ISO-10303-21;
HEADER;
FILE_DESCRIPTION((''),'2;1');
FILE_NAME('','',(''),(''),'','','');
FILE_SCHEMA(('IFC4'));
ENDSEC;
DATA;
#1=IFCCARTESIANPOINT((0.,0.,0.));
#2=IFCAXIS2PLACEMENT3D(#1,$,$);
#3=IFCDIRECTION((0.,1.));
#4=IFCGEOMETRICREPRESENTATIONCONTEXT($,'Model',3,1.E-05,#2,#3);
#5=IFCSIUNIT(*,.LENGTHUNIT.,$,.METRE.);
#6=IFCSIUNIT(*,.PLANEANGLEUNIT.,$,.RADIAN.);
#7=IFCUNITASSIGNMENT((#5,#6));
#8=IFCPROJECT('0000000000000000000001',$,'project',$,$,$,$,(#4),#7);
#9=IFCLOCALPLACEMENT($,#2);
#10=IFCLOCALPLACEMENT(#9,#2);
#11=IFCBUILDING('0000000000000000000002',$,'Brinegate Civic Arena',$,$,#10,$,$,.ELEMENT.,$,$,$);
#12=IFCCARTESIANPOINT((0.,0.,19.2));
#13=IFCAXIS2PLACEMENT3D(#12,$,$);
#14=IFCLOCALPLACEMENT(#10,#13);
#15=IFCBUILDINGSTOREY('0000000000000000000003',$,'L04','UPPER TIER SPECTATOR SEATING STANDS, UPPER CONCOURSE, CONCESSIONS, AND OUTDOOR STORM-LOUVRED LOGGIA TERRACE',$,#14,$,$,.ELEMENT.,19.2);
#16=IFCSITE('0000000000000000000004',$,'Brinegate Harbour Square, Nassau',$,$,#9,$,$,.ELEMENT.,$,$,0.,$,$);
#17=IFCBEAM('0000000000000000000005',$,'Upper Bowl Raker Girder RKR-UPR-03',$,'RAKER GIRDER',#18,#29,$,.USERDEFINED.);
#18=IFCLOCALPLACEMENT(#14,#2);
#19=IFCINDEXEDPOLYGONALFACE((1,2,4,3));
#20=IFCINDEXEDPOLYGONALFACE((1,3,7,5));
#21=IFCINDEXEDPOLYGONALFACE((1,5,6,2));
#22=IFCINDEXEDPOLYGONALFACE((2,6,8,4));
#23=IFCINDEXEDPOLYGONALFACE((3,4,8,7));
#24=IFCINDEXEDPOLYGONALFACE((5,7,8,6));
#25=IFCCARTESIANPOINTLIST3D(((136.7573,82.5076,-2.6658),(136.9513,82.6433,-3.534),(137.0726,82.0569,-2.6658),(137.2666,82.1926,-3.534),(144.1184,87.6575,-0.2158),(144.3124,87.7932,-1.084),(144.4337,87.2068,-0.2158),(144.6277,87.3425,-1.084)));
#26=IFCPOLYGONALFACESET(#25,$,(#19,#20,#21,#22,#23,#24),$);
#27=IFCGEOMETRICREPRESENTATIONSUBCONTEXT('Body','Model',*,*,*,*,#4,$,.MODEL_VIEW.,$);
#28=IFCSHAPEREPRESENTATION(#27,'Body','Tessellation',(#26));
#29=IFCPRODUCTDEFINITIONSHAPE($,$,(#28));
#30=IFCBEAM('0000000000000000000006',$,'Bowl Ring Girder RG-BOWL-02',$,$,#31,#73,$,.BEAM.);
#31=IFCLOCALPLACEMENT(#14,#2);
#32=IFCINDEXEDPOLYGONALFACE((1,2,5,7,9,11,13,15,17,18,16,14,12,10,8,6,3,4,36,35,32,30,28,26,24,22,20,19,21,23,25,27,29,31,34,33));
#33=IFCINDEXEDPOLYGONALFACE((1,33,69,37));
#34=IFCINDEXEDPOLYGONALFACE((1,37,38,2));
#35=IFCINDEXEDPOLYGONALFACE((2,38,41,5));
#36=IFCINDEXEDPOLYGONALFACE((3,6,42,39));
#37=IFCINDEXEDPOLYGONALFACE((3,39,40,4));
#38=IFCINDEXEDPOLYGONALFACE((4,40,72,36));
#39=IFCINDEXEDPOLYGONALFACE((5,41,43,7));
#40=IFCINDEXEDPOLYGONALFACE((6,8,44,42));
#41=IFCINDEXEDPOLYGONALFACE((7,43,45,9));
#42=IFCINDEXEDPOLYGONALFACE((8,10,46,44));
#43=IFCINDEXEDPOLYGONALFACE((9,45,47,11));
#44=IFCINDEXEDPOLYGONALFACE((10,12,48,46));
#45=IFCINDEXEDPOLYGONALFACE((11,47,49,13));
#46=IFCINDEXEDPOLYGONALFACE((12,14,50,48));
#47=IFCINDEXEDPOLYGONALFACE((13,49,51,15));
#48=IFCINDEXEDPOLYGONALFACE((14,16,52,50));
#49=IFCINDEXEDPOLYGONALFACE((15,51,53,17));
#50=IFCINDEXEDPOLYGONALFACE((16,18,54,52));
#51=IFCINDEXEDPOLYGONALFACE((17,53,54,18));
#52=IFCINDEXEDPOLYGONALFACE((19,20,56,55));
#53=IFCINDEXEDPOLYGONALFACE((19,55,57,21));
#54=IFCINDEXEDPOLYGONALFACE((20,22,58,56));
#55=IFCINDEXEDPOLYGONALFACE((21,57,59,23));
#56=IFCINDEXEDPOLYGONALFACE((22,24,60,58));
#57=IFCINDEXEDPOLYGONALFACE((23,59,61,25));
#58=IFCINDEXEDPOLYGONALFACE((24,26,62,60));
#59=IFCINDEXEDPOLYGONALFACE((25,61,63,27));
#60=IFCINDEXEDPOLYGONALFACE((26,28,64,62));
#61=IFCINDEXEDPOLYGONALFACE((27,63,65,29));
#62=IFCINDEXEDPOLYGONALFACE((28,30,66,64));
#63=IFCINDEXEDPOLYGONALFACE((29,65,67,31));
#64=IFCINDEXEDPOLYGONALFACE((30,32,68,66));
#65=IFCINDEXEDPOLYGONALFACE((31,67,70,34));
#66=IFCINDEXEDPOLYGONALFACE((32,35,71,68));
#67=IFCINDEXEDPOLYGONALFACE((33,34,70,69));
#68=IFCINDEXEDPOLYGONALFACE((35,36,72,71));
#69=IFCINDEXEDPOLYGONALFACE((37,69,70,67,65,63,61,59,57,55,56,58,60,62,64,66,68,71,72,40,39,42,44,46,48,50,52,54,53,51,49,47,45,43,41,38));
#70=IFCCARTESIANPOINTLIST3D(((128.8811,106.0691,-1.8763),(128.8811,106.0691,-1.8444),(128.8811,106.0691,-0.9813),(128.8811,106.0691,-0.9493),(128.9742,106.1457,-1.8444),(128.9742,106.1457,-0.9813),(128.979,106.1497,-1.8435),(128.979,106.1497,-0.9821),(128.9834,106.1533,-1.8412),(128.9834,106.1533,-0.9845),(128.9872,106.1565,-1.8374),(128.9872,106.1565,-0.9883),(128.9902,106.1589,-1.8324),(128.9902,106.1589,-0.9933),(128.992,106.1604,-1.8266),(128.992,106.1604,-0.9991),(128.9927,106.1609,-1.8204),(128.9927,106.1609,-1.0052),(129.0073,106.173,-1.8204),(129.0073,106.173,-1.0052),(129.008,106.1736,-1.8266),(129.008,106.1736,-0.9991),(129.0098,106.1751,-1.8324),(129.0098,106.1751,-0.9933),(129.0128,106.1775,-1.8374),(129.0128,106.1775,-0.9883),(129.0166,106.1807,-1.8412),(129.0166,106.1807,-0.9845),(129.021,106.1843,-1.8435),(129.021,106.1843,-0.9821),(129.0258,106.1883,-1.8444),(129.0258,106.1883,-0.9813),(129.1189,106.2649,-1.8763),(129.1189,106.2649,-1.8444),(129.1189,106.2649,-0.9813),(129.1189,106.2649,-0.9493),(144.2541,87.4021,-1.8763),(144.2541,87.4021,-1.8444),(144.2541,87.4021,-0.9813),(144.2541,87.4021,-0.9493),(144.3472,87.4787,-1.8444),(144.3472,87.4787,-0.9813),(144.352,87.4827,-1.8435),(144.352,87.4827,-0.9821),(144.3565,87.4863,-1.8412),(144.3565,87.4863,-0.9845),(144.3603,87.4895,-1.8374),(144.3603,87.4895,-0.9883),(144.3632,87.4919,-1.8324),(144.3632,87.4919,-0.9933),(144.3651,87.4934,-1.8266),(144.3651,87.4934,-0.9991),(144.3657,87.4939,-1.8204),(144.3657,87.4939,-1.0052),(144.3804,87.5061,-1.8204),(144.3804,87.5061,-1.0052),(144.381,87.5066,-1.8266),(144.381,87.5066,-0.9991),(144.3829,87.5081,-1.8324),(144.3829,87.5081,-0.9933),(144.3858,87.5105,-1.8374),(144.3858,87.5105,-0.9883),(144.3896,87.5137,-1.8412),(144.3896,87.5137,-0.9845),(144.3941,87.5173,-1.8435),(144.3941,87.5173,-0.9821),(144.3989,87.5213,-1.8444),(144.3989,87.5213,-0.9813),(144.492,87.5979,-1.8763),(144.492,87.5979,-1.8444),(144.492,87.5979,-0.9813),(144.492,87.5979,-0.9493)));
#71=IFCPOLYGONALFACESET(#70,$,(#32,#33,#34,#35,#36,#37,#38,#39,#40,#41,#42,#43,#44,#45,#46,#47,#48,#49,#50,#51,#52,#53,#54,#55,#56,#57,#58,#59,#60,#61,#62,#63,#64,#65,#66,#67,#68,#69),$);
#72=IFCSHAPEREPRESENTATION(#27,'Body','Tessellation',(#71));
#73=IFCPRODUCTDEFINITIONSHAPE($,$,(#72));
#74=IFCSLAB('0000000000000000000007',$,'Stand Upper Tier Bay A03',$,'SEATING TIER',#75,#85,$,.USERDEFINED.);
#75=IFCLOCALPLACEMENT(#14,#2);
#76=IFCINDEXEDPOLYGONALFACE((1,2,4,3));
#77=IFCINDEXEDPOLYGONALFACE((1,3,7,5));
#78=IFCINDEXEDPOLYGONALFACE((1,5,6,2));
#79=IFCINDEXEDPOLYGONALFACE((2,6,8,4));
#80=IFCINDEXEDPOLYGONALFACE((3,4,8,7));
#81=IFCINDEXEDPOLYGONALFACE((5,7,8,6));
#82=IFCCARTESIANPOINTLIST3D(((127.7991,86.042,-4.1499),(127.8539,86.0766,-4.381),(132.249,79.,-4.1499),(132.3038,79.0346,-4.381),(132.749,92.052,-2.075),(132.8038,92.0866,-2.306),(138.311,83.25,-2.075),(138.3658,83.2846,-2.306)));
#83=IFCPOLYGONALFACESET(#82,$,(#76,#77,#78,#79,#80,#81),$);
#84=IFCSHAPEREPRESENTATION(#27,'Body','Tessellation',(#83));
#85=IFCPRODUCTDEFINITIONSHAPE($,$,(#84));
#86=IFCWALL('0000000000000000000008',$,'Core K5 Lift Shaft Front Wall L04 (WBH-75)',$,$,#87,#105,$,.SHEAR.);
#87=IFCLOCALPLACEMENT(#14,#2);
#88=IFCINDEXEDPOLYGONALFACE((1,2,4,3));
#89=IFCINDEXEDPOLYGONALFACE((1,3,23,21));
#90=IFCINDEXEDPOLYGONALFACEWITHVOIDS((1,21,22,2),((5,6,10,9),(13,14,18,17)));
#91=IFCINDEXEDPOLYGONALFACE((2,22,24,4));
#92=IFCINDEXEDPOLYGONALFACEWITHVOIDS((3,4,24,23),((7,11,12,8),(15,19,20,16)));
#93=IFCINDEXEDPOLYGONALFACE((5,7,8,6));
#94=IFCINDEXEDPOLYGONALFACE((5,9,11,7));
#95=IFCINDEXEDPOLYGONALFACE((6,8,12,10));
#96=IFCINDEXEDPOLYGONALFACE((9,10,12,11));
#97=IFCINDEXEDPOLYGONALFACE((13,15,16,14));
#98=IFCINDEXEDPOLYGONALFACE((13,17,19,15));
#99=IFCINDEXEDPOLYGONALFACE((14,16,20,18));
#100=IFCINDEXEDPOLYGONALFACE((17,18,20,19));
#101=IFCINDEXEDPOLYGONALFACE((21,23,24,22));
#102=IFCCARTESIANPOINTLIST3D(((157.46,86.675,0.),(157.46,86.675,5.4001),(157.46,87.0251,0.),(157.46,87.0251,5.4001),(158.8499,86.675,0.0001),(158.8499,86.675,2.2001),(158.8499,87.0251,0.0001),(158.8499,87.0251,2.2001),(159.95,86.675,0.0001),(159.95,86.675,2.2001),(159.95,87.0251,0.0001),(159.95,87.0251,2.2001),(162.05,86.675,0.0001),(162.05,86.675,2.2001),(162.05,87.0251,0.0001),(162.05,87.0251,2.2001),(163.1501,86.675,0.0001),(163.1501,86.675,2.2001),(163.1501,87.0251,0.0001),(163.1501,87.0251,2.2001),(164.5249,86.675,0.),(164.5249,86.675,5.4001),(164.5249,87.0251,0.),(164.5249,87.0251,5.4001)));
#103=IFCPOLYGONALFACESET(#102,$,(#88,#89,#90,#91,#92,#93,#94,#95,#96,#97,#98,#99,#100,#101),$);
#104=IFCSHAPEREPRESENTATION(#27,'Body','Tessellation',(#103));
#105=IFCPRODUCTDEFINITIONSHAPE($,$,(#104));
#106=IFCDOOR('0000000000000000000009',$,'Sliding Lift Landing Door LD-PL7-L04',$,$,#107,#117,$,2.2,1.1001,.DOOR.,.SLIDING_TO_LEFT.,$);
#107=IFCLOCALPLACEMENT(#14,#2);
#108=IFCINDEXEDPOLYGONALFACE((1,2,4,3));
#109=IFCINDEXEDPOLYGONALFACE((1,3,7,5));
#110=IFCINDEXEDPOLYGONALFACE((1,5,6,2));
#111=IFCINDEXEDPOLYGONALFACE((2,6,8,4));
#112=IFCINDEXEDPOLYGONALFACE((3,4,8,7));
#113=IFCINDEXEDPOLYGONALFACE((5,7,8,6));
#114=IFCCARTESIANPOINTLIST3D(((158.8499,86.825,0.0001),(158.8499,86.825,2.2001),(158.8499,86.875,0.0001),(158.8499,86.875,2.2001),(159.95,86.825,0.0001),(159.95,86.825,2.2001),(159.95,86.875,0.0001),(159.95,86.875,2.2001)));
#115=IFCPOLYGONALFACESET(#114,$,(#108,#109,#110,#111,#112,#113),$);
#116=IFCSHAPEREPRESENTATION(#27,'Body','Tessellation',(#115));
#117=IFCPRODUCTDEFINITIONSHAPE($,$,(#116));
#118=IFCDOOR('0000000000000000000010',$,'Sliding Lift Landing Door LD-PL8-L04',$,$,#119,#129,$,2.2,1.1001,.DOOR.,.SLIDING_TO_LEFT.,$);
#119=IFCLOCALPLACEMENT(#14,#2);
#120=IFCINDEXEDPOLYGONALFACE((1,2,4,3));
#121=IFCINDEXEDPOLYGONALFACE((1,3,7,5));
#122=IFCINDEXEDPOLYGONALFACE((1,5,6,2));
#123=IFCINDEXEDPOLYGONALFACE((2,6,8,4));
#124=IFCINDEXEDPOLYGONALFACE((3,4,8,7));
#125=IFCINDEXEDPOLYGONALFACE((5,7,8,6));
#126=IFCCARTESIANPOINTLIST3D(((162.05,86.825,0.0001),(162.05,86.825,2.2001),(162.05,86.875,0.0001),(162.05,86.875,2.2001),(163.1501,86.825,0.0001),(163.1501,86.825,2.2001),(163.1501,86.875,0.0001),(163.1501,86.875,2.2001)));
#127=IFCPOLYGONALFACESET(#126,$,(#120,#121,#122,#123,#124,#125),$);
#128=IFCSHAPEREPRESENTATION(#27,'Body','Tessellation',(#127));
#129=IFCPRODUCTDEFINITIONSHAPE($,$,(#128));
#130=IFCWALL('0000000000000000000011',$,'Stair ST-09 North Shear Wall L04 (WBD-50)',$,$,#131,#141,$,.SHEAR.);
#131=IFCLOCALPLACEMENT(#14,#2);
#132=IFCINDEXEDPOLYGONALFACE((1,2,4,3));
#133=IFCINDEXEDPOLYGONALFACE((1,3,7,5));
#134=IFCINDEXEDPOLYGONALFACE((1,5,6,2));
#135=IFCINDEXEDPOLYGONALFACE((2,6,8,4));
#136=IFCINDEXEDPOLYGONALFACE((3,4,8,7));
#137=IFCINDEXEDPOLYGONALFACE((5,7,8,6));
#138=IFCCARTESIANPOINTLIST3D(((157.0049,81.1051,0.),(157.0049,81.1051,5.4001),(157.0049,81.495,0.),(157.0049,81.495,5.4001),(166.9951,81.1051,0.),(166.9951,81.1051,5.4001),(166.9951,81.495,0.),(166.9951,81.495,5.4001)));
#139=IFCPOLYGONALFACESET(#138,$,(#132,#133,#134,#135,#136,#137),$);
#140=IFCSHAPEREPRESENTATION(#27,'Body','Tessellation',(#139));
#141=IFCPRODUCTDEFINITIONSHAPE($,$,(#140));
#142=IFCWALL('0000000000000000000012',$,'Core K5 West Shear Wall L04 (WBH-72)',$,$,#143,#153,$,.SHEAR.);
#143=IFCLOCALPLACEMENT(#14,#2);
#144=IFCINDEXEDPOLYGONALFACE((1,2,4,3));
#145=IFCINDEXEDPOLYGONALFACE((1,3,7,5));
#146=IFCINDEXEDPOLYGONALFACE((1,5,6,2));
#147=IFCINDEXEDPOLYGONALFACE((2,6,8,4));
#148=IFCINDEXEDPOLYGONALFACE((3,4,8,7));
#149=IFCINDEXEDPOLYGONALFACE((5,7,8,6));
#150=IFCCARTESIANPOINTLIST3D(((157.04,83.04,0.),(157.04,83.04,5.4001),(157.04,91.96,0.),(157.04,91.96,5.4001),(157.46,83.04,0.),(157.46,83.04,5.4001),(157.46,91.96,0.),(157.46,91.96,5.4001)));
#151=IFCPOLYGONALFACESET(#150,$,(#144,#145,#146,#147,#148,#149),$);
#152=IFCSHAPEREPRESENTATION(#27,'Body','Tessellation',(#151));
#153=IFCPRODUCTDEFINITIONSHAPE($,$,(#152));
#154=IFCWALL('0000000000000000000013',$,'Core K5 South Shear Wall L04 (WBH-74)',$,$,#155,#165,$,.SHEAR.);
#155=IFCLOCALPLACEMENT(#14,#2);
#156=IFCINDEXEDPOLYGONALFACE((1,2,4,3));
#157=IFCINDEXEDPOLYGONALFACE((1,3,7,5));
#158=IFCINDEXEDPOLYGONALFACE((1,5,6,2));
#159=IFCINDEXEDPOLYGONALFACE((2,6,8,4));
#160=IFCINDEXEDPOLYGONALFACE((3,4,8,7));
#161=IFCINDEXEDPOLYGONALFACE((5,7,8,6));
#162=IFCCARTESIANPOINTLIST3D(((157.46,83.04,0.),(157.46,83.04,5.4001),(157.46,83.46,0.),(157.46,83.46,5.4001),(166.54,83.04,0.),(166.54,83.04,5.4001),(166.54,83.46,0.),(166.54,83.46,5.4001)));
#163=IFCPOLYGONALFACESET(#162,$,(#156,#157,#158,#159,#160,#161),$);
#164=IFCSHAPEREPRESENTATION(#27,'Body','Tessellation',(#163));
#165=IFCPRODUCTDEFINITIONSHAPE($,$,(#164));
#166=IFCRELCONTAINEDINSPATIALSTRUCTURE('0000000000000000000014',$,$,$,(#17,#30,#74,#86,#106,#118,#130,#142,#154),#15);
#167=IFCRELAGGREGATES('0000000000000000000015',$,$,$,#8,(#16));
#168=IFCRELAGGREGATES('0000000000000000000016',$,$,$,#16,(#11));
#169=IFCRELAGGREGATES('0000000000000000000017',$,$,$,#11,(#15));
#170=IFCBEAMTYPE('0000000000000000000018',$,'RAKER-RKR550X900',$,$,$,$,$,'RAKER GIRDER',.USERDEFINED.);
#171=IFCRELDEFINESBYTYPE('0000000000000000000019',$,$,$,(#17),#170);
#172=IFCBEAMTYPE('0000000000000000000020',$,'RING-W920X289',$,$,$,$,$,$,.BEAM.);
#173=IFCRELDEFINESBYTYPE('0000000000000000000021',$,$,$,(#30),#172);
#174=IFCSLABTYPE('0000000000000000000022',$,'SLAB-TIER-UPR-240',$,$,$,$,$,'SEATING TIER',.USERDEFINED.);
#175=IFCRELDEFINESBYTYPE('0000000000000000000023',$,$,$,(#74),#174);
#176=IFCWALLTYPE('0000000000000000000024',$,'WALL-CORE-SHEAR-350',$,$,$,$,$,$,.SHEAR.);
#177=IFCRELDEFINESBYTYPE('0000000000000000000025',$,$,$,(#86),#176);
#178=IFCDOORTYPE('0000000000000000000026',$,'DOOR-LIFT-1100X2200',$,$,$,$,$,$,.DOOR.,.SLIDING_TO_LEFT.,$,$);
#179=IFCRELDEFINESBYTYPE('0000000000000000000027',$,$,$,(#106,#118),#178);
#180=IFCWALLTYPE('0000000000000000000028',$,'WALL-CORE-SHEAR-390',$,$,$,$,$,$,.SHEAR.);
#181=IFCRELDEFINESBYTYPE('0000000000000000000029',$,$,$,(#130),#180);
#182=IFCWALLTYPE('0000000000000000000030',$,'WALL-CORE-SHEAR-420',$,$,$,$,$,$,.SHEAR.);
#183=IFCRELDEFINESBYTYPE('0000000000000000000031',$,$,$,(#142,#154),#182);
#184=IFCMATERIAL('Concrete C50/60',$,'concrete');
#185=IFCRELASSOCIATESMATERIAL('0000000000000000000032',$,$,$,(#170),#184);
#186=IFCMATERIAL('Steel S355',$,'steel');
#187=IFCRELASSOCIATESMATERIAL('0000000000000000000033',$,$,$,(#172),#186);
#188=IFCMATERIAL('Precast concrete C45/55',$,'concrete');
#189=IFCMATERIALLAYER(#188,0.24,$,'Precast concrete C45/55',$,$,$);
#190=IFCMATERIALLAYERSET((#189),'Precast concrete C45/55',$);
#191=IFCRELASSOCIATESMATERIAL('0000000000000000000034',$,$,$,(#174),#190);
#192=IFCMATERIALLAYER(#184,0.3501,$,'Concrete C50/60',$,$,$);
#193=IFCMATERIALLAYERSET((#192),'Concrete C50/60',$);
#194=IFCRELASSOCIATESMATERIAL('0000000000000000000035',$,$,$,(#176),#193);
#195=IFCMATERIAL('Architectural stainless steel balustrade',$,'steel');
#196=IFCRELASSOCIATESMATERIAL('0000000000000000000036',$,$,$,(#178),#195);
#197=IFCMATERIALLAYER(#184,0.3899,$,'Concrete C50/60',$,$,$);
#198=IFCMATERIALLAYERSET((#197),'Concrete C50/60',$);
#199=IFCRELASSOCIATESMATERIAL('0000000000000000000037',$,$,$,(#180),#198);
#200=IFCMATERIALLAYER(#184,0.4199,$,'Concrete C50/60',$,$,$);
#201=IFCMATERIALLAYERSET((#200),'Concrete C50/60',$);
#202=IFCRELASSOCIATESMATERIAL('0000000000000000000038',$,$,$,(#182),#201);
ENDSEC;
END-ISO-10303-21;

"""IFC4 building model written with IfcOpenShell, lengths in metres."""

from ifc_helpers import new_model, si_unit, direction, frame, frame_2d, origin, origin_2d, place, context, subcontext, project, spatial, polyline, rectangle, i_section, outline, extrude, material, layer, layer_set, material_profile, profile_set, type_object, element, fill, save


model = new_model("IFC4")

# Units and contexts
model_context = context("Model", 3, precision=1e-05, world=origin(), true_north=direction((0.0, 1.0)))
body_context = subcontext(model_context, "Body", "Model", "MODEL_VIEW")
ifc_project = project(units=[si_unit("LENGTHUNIT", "METRE"), si_unit("PLANEANGLEUNIT", "RADIAN")], contexts=[model_context])

# Site, building, storey
site_placement = place(None, origin())
site = spatial("IfcSite", under=ifc_project, at=site_placement, Name="Brinegate Harbour Square, Nassau", CompositionType="ELEMENT", RefElevation=0.0)
building_placement = place(site_placement, origin())
building = spatial("IfcBuilding", under=site, at=building_placement, Name="Brinegate Civic Arena", CompositionType="ELEMENT")
storey_placement = place(building_placement, frame((0.0, 0.0, 19.2)))
storey = spatial("IfcBuildingStorey", under=building, at=storey_placement, Name="L04", Description="UPPER TIER SPECTATOR SEATING STANDS, UPPER CONCOURSE, CONCESSIONS, AND OUTDOOR STORM-LOUVRED LOGGIA TERRACE", CompositionType="ELEMENT", Elevation=19.2)

# Shared definitions
ifc_material_1 = material(Name="Steel S355", Category="steel")

# Beams
ifc_material_2 = material(Name="Concrete C50/60", Category="concrete")
ifc_material_profile_1 = material_profile(ifc_material_2, rectangle(XDim=0.55, YDim=0.8999, at=origin_2d()), Name="RKR550X900")
ifc_profile_set_1 = profile_set([ifc_material_profile_1], Name="Concrete C50/60")
beam_type_1 = type_object("IfcBeamType", Name="RAKER-RKR550X900", ElementType="RAKER GIRDER", PredefinedType="USERDEFINED", material=ifc_profile_set_1)
beam_1_placement = place(storey_placement, frame((137.012, 82.3501, -3.0999), z_axis=(0.790513, 0.553052, 0.263102), x_axis=(-0.573249, 0.819381, 0.0)))
element("IfcBeam", 1, at=beam_1_placement, inside=storey, type_object=beam_type_1, Name="Upper Bowl Raker Girder RKR-UPR-03", ObjectType="RAKER GIRDER", PredefinedType="USERDEFINED", context=body_context, shape_type="SweptSolid", body=[
    extrude(rectangle(XDim=0.55, YDim=0.8999, at=origin_2d()), origin(), (0.0, 0.0, 1.0), 9.3118),
])
ifc_material_profile_2 = material_profile(ifc_material_1, i_section(OverallWidth=0.3081, OverallDepth=0.927, WebThickness=0.019, FlangeThickness=0.032, FilletRadius=0.0239, at=origin_2d()), Name="W920X289")
ifc_profile_set_2 = profile_set([ifc_material_profile_2], Name="Steel S355")
beam_type_2 = type_object("IfcBeamType", Name="RING-W920X289", PredefinedType="BEAM", material=ifc_profile_set_2)
beam_2_placement = place(storey_placement, frame((144.373, 87.5, -1.4128), z_axis=(-0.635713, 0.771926, 0.0), x_axis=(-0.771926, -0.635713, 0.0)))
element("IfcBeam", 2, at=beam_2_placement, inside=storey, type_object=beam_type_2, Name="Bowl Ring Girder RG-BOWL-02", PredefinedType="BEAM", context=body_context, shape_type="SweptSolid", body=[
    extrude(i_section(OverallWidth=0.3081, OverallDepth=0.927, WebThickness=0.019, FlangeThickness=0.032, FilletRadius=0.0239, at=origin_2d()), origin(), (0.0, 0.0, 1.0), 24.1824),
])

# Slab
ifc_material_3 = material(Name="Precast concrete C45/55", Category="concrete")
ifc_layer_1 = layer(ifc_material_3, 0.24, Name="Precast concrete C45/55")
ifc_layer_set_1 = layer_set([ifc_layer_1], Name="Precast concrete C45/55")
slab_type = type_object("IfcSlabType", Name="SLAB-TIER-UPR-240", ElementType="SEATING TIER", PredefinedType="USERDEFINED", material=ifc_layer_set_1)
slab_1_placement = place(storey_placement, frame((132.249, 79.0, -4.1499), z_axis=(-0.22838, -0.144316, 0.962816), x_axis=(-0.534197, 0.84536, -0.000001)))
element("IfcSlab", 3, at=slab_1_placement, inside=storey, type_object=slab_type, Name="Stand Upper Tier Bay A03", ObjectType="SEATING TIER", PredefinedType="USERDEFINED", context=body_context, shape_type="SweptSolid", body=[
    extrude(outline(polyline([(0.0, 0.0), (8.3302, 0.0), (10.7665, -7.6806), (0.3545, -7.6805), (0.0, 0.0)])), origin(), (0.0, 0.0, -1.0), 0.24),
])

# Wall, openings, doors
ifc_layer_2 = layer(ifc_material_2, 0.3501, Name="Concrete C50/60")
ifc_layer_set_2 = layer_set([ifc_layer_2], Name="Concrete C50/60")
wall_type_1 = type_object("IfcWallType", Name="WALL-CORE-SHEAR-350", PredefinedType="SHEAR", material=ifc_layer_set_2)
wall_1_placement = place(storey_placement, frame((157.46, 86.8501, 0.0), z_axis=(0.0, 0.0, 1.0), x_axis=(1.0, 0.0, 0.0)))
wall_1 = element("IfcWall", 4, at=wall_1_placement, inside=storey, type_object=wall_type_1, Name="Core K5 Lift Shaft Front Wall L04 (WBH-75)", PredefinedType="SHEAR", context=body_context, shape_type="SweptSolid", body=[
    extrude(rectangle(XDim=7.0649, YDim=0.3501, at=frame_2d((3.5325, 0.0))), origin(), (0.0, 0.0, 1.0), 5.4001),
])
opening_1_placement = place(wall_1_placement, frame((1.3899, 0.0, 0.0)))
opening_1 = element("IfcOpeningElement", 5, at=opening_1_placement, cuts=wall_1, PredefinedType="OPENING", context=body_context, shape_type="SweptSolid", body=[
    extrude(rectangle(XDim=1.1001, YDim=2.2, at=frame_2d((0.55, 1.1001))), frame((0.0, 0.1851, 0.0), z_axis=(0.0, -1.0, 0.0), x_axis=(1.0, 0.0, 0.0)), (0.0, 0.0, 1.0), 0.3701),
])
opening_2_placement = place(wall_1_placement, frame((4.5901, 0.0, 0.0)))
opening_2 = element("IfcOpeningElement", 6, at=opening_2_placement, cuts=wall_1, PredefinedType="OPENING", context=body_context, shape_type="SweptSolid", body=[
    extrude(rectangle(XDim=1.1001, YDim=2.2, at=frame_2d((0.55, 1.1001))), frame((0.0, 0.1851, 0.0), z_axis=(0.0, -1.0, 0.0), x_axis=(1.0, 0.0, 0.0)), (0.0, 0.0, 1.0), 0.3701),
])
ifc_material_4 = material(Name="Architectural stainless steel balustrade", Category="steel")
door_type_1 = type_object("IfcDoorType", Name="DOOR-LIFT-1100X2200", OperationType="SLIDING_TO_LEFT", PredefinedType="DOOR", material=ifc_material_4)
door_1_placement = place(opening_1_placement, origin())
door_1 = element("IfcDoor", 7, at=door_1_placement, inside=storey, type_object=door_type_1, Name="Sliding Lift Landing Door LD-PL7-L04", OperationType="SLIDING_TO_LEFT", OverallHeight=2.2, OverallWidth=1.1001, PredefinedType="DOOR", context=body_context, shape_type="SweptSolid", body=[
    extrude(rectangle(XDim=1.1001, YDim=2.2, at=frame_2d((0.55, 1.1001))), frame((0.0, 0.0249, 0.0), z_axis=(0.0, -1.0, 0.0), x_axis=(1.0, 0.0, 0.0)), (0.0, 0.0, 1.0), 0.05),
])
fill(opening_1, door_1)
door_2_placement = place(opening_2_placement, origin())
door_2 = element("IfcDoor", 8, at=door_2_placement, inside=storey, type_object=door_type_1, Name="Sliding Lift Landing Door LD-PL8-L04", OperationType="SLIDING_TO_LEFT", OverallHeight=2.2, OverallWidth=1.1001, PredefinedType="DOOR", context=body_context, shape_type="SweptSolid", body=[
    extrude(rectangle(XDim=1.1001, YDim=2.2, at=frame_2d((0.55, 1.1001))), frame((0.0, 0.0249, 0.0), z_axis=(0.0, -1.0, 0.0), x_axis=(1.0, 0.0, 0.0)), (0.0, 0.0, 1.0), 0.05),
])
fill(opening_2, door_2)

# Walls
ifc_layer_3 = layer(ifc_material_2, 0.3899, Name="Concrete C50/60")
ifc_layer_set_3 = layer_set([ifc_layer_3], Name="Concrete C50/60")
wall_type_2 = type_object("IfcWallType", Name="WALL-CORE-SHEAR-390", PredefinedType="SHEAR", material=ifc_layer_set_3)
wall_2_placement = place(storey_placement, frame((157.0049, 81.3, 0.0), z_axis=(0.0, 0.0, 1.0), x_axis=(1.0, 0.0, 0.0)))
element("IfcWall", 9, at=wall_2_placement, inside=storey, type_object=wall_type_2, Name="Stair ST-09 North Shear Wall L04 (WBD-50)", PredefinedType="SHEAR", context=body_context, shape_type="SweptSolid", body=[
    extrude(rectangle(XDim=9.9902, YDim=0.3899, at=frame_2d((4.9951, 0.0))), origin(), (0.0, 0.0, 1.0), 5.4001),
])
ifc_layer_4 = layer(ifc_material_2, 0.4199, Name="Concrete C50/60")
ifc_layer_set_4 = layer_set([ifc_layer_4], Name="Concrete C50/60")
wall_type_3 = type_object("IfcWallType", Name="WALL-CORE-SHEAR-420", PredefinedType="SHEAR", material=ifc_layer_set_4)
wall_3_placement = place(storey_placement, frame((157.25, 83.04, 0.0), z_axis=(0.0, 0.0, 1.0), x_axis=(0.0, 1.0, 0.0)))
element("IfcWall", 10, at=wall_3_placement, inside=storey, type_object=wall_type_3, Name="Core K5 West Shear Wall L04 (WBH-72)", PredefinedType="SHEAR", context=body_context, shape_type="SweptSolid", body=[
    extrude(rectangle(XDim=8.9199, YDim=0.4199, at=frame_2d((4.46, 0.0))), origin(), (0.0, 0.0, 1.0), 5.4001),
])
wall_4_placement = place(storey_placement, frame((157.46, 83.25, 0.0), z_axis=(0.0, 0.0, 1.0), x_axis=(1.0, 0.0, 0.0)))
element("IfcWall", 11, at=wall_4_placement, inside=storey, type_object=wall_type_3, Name="Core K5 South Shear Wall L04 (WBH-74)", PredefinedType="SHEAR", context=body_context, shape_type="SweptSolid", body=[
    extrude(rectangle(XDim=9.0801, YDim=0.4199, at=frame_2d((4.54, 0.0))), origin(), (0.0, 0.0, 1.0), 5.4001),
])

save(model, "model.ifc")
